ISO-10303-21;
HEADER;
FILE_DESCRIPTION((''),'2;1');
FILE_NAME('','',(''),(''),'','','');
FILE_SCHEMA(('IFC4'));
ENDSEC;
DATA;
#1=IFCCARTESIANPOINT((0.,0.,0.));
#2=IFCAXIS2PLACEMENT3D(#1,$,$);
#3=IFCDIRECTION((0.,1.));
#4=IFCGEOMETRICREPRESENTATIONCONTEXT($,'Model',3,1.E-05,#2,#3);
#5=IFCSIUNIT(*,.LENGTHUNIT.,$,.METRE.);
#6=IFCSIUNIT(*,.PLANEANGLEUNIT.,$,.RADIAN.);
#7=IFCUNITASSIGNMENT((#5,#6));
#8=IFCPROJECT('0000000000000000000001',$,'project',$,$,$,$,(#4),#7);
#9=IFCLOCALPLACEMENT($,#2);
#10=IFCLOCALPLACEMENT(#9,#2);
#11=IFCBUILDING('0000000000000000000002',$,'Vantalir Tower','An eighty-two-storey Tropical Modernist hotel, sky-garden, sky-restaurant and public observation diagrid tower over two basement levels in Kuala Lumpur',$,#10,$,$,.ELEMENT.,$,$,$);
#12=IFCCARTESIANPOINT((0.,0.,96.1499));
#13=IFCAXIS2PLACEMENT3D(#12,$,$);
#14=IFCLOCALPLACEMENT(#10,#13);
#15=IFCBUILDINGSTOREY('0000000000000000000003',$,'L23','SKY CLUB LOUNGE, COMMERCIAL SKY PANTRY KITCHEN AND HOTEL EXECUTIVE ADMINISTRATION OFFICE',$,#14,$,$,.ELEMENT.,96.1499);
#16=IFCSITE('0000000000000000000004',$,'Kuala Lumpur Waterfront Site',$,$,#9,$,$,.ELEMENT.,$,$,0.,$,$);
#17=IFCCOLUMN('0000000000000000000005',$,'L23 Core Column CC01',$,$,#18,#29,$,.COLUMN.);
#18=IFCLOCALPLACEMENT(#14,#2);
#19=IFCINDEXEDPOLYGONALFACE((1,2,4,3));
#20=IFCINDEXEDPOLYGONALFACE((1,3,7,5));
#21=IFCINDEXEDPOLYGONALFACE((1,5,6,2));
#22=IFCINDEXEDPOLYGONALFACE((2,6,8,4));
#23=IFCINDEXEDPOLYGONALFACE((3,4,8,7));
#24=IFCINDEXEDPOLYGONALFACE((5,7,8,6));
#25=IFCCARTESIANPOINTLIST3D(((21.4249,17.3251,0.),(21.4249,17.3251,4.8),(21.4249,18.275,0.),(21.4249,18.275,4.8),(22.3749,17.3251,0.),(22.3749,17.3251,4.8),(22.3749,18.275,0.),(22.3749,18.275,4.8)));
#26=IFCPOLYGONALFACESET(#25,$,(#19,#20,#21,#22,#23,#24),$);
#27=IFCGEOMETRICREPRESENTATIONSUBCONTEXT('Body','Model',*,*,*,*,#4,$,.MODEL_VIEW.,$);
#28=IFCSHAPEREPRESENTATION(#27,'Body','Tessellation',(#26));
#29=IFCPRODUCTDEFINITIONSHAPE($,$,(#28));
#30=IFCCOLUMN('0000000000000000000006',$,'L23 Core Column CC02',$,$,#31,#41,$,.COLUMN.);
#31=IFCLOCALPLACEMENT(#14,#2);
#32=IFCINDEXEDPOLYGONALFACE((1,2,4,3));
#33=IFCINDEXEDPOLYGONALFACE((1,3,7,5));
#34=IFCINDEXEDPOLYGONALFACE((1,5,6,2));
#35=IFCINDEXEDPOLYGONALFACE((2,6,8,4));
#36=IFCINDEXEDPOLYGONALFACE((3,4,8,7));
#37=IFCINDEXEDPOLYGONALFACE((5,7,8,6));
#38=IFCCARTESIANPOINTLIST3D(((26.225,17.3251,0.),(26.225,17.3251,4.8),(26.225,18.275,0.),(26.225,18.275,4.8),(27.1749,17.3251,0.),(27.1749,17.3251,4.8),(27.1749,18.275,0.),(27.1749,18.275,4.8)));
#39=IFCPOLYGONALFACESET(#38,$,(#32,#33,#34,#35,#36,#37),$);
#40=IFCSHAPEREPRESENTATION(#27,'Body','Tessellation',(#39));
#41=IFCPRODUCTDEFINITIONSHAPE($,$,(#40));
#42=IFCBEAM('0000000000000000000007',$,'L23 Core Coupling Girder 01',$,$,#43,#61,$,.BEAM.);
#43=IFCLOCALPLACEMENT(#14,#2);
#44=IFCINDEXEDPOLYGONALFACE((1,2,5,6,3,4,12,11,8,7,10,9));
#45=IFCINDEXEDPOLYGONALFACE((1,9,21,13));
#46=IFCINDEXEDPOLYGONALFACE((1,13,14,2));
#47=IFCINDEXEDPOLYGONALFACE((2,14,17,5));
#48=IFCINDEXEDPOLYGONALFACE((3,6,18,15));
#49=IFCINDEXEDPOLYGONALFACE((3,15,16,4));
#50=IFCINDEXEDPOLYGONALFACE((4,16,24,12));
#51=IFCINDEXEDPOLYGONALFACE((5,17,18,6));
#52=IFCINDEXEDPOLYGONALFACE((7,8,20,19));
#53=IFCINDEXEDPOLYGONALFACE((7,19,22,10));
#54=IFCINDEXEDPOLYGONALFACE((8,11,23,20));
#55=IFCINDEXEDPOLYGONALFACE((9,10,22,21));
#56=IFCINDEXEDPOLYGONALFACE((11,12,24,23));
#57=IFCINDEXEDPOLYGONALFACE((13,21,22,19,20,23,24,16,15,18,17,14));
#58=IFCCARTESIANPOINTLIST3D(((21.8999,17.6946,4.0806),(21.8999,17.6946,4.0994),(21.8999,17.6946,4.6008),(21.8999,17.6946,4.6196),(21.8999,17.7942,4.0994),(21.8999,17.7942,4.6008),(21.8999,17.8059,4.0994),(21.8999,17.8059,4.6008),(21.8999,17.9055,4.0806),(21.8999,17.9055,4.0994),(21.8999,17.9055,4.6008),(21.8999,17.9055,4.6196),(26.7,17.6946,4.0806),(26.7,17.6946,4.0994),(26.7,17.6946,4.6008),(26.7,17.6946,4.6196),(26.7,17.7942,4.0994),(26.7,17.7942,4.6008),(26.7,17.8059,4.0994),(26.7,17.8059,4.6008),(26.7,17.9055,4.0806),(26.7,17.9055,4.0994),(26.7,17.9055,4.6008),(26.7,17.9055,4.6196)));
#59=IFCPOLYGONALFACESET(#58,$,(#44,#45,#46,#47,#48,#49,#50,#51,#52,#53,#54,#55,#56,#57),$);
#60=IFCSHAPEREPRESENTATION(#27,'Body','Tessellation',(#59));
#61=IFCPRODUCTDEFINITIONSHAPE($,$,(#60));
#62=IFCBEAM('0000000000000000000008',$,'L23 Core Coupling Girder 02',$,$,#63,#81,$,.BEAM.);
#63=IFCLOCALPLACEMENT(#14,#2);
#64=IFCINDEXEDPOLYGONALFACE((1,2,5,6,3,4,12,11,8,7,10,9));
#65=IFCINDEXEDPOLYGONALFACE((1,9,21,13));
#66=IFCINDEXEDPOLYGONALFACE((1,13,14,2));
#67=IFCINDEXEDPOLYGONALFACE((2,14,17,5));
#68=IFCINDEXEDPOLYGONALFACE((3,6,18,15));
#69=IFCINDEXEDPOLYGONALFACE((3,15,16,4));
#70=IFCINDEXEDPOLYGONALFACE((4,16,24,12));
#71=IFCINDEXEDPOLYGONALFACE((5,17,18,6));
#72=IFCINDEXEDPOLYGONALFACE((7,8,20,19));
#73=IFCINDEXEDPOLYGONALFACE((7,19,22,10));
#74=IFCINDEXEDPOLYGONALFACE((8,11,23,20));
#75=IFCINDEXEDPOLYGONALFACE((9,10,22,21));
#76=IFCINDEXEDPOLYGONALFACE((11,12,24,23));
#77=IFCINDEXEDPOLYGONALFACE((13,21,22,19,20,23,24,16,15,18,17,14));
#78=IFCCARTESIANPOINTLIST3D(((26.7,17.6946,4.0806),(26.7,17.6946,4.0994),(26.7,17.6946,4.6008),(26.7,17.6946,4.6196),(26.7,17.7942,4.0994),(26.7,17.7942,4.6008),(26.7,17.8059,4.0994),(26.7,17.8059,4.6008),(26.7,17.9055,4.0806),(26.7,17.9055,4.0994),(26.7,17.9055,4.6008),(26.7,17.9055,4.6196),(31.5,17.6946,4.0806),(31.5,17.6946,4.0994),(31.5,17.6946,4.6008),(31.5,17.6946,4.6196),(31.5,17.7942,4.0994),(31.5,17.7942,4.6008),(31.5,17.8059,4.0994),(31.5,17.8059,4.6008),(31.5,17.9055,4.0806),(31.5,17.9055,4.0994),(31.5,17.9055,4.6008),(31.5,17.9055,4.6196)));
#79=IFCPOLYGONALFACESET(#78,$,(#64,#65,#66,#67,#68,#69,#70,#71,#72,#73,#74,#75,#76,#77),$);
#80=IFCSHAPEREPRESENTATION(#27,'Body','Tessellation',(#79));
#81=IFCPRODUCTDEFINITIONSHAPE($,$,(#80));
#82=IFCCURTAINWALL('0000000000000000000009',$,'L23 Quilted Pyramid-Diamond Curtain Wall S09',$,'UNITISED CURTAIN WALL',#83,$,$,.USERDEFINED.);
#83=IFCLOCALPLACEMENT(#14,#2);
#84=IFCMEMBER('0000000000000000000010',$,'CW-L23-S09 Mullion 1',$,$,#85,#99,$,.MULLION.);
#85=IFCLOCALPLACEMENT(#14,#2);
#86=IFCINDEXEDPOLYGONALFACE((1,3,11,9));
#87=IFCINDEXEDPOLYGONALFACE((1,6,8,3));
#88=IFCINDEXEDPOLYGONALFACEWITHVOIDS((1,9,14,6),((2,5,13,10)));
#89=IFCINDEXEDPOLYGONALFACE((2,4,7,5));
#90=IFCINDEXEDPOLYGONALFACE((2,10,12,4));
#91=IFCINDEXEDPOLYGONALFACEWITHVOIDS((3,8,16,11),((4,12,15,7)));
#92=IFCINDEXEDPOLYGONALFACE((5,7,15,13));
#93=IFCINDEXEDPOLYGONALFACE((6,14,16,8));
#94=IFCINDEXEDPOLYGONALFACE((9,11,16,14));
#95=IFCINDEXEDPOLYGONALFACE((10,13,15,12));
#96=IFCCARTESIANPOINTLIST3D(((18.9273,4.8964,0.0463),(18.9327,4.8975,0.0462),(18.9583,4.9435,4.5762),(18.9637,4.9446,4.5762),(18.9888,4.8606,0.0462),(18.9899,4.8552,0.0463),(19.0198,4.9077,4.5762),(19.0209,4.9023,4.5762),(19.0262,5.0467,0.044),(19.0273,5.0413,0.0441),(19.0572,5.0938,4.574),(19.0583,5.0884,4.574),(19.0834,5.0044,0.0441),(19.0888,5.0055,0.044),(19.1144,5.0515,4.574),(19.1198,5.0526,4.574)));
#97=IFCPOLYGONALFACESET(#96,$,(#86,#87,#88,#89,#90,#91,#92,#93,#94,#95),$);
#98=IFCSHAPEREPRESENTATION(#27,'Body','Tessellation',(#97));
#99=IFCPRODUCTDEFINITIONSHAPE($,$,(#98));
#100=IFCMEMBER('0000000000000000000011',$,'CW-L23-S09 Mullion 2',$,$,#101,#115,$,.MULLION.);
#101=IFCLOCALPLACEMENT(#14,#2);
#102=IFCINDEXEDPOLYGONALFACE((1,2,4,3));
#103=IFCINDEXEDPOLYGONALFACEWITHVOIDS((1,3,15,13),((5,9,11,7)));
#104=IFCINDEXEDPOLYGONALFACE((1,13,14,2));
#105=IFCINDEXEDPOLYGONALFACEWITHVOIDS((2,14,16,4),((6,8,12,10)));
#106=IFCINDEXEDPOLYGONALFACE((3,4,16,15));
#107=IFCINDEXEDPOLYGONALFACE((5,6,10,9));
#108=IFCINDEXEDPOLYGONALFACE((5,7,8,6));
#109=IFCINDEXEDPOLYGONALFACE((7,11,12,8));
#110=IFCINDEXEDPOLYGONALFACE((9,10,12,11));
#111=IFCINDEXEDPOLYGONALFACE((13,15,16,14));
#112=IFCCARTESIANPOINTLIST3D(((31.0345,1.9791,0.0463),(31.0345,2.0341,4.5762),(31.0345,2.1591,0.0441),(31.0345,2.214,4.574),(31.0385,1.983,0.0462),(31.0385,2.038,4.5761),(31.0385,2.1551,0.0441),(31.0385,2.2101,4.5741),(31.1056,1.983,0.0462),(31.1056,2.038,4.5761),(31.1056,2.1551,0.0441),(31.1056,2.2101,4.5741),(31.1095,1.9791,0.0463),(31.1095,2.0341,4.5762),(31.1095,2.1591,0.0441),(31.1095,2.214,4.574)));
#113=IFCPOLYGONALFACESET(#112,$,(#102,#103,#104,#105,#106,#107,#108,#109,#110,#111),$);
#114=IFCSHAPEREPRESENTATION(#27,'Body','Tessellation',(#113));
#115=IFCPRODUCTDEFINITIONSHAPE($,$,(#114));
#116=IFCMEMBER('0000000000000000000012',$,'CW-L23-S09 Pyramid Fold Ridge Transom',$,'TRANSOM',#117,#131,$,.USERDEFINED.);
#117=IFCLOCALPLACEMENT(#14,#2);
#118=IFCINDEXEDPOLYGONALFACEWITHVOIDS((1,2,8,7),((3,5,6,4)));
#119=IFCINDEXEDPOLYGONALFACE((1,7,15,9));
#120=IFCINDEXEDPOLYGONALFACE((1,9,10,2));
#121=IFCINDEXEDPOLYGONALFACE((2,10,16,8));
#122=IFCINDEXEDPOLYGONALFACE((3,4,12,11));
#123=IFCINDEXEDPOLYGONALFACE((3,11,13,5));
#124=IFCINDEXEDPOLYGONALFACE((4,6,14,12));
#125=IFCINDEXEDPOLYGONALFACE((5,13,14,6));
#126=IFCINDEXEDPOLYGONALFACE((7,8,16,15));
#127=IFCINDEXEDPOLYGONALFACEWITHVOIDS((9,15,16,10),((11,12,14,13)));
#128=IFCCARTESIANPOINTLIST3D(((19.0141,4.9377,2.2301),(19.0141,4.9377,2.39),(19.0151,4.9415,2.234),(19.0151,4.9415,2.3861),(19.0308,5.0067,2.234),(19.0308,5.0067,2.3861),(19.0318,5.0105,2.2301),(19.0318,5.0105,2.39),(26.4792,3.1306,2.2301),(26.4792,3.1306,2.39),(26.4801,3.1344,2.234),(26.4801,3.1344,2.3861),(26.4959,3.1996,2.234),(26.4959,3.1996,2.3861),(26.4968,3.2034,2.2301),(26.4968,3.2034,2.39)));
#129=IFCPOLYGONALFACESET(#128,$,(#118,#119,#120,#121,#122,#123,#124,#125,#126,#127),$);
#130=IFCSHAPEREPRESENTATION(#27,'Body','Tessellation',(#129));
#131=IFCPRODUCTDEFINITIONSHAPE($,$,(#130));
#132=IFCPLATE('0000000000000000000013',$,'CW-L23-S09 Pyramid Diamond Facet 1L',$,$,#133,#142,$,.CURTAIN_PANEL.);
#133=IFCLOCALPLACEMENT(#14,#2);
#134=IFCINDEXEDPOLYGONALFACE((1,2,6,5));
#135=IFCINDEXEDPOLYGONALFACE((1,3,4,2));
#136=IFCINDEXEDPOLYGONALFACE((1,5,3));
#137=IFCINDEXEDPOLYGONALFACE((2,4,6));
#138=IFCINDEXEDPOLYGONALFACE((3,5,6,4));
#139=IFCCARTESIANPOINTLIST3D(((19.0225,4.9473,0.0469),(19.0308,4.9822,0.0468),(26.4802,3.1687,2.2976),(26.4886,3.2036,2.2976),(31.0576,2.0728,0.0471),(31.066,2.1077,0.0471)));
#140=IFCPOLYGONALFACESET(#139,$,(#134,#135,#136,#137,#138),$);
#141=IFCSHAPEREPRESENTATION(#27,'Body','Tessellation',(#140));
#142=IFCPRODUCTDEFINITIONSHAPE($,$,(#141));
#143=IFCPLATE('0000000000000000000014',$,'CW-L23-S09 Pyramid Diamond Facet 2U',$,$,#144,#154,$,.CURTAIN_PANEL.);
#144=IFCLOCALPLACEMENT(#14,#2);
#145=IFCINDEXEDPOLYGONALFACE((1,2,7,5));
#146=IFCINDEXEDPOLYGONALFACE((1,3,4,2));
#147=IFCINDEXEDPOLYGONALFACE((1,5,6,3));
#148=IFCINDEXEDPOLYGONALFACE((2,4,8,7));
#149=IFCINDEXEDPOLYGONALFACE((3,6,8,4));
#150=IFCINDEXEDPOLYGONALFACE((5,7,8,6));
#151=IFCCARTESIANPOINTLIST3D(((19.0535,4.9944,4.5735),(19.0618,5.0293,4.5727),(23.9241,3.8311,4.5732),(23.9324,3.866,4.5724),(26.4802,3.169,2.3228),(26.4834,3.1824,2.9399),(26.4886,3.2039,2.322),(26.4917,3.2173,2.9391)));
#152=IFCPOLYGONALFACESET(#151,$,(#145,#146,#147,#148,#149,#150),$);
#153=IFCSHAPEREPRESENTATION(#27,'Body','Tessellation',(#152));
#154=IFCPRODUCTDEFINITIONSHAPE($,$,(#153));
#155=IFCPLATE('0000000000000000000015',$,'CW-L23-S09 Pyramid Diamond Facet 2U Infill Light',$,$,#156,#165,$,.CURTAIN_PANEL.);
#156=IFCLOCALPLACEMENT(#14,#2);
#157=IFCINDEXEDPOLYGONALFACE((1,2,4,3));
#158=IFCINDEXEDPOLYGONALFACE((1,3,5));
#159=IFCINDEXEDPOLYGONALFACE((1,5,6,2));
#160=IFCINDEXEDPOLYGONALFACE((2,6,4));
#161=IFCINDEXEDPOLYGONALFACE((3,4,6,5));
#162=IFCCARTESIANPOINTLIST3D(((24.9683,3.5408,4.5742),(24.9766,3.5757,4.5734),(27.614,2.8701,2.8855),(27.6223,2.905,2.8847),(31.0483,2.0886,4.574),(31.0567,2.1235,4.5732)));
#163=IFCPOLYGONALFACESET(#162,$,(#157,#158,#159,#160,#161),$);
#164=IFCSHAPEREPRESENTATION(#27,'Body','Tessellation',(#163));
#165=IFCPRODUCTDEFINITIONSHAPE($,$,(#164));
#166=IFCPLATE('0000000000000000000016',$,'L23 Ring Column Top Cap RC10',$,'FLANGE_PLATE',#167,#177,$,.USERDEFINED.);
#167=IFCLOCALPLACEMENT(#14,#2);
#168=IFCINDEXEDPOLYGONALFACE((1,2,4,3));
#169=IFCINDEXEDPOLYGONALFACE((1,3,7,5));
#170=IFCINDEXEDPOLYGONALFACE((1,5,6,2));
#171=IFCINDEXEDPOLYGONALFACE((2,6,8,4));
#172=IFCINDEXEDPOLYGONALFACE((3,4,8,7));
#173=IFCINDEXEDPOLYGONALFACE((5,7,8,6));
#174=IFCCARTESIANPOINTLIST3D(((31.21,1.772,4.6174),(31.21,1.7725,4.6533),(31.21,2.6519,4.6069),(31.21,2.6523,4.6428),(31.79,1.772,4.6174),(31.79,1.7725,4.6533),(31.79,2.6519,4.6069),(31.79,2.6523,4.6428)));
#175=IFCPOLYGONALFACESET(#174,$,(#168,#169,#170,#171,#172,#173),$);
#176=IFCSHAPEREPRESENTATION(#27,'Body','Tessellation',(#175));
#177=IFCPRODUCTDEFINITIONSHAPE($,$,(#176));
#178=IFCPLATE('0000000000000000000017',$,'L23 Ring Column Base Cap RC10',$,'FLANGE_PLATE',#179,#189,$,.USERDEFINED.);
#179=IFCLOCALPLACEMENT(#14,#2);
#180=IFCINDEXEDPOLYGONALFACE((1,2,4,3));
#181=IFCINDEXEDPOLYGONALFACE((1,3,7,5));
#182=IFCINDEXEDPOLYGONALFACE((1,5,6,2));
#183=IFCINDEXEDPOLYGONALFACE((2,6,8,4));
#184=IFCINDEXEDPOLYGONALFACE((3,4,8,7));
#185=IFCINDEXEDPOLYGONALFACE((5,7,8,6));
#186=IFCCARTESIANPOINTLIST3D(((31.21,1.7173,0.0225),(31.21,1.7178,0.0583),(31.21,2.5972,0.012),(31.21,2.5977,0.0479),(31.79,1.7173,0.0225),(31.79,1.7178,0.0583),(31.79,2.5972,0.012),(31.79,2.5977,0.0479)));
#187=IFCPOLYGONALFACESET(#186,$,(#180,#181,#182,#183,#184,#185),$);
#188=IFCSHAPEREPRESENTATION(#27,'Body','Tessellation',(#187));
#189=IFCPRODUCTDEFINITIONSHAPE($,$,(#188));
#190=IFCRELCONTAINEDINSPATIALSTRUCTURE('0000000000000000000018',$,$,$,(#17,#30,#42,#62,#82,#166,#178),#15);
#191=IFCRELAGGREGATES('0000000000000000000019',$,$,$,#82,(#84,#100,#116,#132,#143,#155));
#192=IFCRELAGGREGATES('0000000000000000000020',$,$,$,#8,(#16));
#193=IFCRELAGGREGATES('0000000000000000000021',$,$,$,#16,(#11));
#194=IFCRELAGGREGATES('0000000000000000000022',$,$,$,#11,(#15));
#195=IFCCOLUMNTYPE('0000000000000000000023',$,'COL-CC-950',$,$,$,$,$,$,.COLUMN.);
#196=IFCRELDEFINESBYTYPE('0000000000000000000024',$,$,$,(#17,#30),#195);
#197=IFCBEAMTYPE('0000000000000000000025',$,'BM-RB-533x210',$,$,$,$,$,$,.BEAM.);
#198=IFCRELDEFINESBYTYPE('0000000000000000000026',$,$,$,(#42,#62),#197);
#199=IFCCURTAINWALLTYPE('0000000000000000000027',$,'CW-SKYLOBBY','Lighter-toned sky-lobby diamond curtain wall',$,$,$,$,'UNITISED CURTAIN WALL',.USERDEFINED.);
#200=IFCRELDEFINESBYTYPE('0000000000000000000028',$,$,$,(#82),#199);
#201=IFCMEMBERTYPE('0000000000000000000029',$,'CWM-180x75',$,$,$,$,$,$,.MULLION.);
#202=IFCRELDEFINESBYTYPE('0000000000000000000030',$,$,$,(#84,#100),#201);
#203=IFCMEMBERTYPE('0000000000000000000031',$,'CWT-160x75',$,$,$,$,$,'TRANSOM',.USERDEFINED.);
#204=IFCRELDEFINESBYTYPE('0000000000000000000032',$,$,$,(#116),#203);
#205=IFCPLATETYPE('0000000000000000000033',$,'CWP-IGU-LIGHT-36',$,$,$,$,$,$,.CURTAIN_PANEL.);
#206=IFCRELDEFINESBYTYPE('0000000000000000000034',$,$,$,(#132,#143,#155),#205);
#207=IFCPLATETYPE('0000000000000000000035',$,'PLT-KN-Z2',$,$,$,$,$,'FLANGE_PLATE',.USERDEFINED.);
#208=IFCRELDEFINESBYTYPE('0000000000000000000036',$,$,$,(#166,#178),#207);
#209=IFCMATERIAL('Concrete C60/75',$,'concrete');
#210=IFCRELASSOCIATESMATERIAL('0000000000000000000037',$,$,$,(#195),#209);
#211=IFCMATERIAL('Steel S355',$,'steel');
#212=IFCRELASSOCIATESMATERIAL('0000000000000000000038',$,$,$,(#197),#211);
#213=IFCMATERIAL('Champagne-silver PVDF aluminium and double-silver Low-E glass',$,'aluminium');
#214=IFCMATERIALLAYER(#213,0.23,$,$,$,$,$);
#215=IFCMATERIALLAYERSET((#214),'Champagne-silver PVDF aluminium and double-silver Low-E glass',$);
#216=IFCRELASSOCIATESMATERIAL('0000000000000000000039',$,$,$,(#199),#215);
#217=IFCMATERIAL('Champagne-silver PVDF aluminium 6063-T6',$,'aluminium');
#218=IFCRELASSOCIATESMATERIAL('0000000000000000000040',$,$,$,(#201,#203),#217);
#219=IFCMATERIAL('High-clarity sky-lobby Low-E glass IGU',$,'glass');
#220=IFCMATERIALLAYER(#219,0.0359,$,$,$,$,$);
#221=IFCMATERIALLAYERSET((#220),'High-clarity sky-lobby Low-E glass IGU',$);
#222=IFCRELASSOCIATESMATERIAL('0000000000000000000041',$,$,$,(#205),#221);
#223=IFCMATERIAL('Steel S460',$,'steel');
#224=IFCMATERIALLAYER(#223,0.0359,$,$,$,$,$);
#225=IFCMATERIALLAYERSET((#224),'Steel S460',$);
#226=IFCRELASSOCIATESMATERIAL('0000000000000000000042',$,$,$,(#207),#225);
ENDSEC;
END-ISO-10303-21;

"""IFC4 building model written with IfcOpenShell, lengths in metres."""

from ifc_helpers import new_model, si_unit, direction, frame, origin, origin_2d, place, context, subcontext, project, spatial, polyline, rectangle, hollow_rectangle, i_section, outline, extrude, material, layer, layer_set, material_profile, profile_set, type_object, element, aggregate, save


model = new_model("IFC4")

# Units and contexts
model_context = context("Model", 3, precision=1e-05, world=origin(), true_north=direction((0.0, 1.0)))
body_context = subcontext(model_context, "Body", "Model", "MODEL_VIEW")
ifc_project = project(units=[si_unit("LENGTHUNIT", "METRE"), si_unit("PLANEANGLEUNIT", "RADIAN")], contexts=[model_context])

# Site, building, storey
site_placement = place(None, origin())
site = spatial("IfcSite", under=ifc_project, at=site_placement, Name="Kuala Lumpur Waterfront Site", CompositionType="ELEMENT", RefElevation=0.0)
building_placement = place(site_placement, origin())
building = spatial("IfcBuilding", under=site, at=building_placement, Name="Vantalir Tower", Description="An eighty-two-storey Tropical Modernist hotel, sky-garden, sky-restaurant and public observation diagrid tower over two basement levels in Kuala Lumpur", CompositionType="ELEMENT")
storey_placement = place(building_placement, frame((0.0, 0.0, 96.1499)))
storey = spatial("IfcBuildingStorey", under=building, at=storey_placement, Name="L23", Description="SKY CLUB LOUNGE, COMMERCIAL SKY PANTRY KITCHEN AND HOTEL EXECUTIVE ADMINISTRATION OFFICE", CompositionType="ELEMENT", Elevation=96.1499)

# Columns
ifc_material_1 = material(Name="Concrete C60/75", Category="concrete")
ifc_material_profile_1 = material_profile(ifc_material_1, rectangle(XDim=0.95, YDim=0.95, at=origin_2d()), Name="Concrete C60/75")
ifc_profile_set_1 = profile_set([ifc_material_profile_1], Name="Concrete C60/75")
column_type = type_object("IfcColumnType", Name="COL-CC-950", PredefinedType="COLUMN", material=ifc_profile_set_1)
for number, where, z_axis, x_axis, name in (
    (1, (21.8999, 17.8, 0.0), (0.0, 0.0, 1.0), (1.0, 0.0, 0.0), "L23 Core Column CC01"),
    (2, (26.7, 17.8, 0.0), (0.0, 0.0, 1.0), (1.0, 0.0, 0.0), "L23 Core Column CC02"),
):
    element("IfcColumn", number, at=place(storey_placement, frame(where, z_axis=z_axis, x_axis=x_axis)), inside=storey, type_object=column_type, Name=name, PredefinedType="COLUMN", context=body_context, shape_type="SweptSolid", body=[
        extrude(rectangle(XDim=0.95, YDim=0.95, at=origin_2d()), origin(), (0.0, 0.0, 1.0), 4.8),
    ])

# Beams
ifc_material_2 = material(Name="Steel S355", Category="steel")
ifc_material_profile_2 = material_profile(ifc_material_2, i_section(OverallWidth=0.2109, OverallDepth=0.5391, WebThickness=0.0117, FlangeThickness=0.0188, at=origin_2d()), Name="Steel S355")
ifc_profile_set_2 = profile_set([ifc_material_profile_2], Name="Steel S355")
beam_type = type_object("IfcBeamType", Name="BM-RB-533x210", PredefinedType="BEAM", material=ifc_profile_set_2)
for number, where, z_axis, x_axis, name in (
    (3, (21.8999, 17.8, 4.3501), (1.0, 0.0, 0.0), (0.0, 1.0, 0.0), "L23 Core Coupling Girder 01"),
    (4, (26.7, 17.8, 4.3501), (1.0, 0.0, 0.0), (0.0, 1.0, 0.0), "L23 Core Coupling Girder 02"),
):
    element("IfcBeam", number, at=place(storey_placement, frame(where, z_axis=z_axis, x_axis=x_axis)), inside=storey, type_object=beam_type, Name=name, PredefinedType="BEAM", context=body_context, shape_type="SweptSolid", body=[
        extrude(i_section(OverallWidth=0.2109, OverallDepth=0.5391, WebThickness=0.0117, FlangeThickness=0.0188, at=origin_2d()), origin(), (0.0, 0.0, 1.0), 4.8),
    ])

# Curtain wall, members, plates
ifc_material_3 = material(Name="Champagne-silver PVDF aluminium and double-silver Low-E glass", Category="aluminium")
ifc_layer_1 = layer(ifc_material_3, 0.23)
ifc_layer_set_1 = layer_set([ifc_layer_1], Name="Champagne-silver PVDF aluminium and double-silver Low-E glass")
curtain_wall_type = type_object("IfcCurtainWallType", Name="CW-SKYLOBBY", Description="Lighter-toned sky-lobby diamond curtain wall", ElementType="UNITISED CURTAIN WALL", PredefinedType="USERDEFINED", material=ifc_layer_set_1)
curtain_wall_placement = place(storey_placement, origin())
curtain_wall = element("IfcCurtainWall", 5, at=curtain_wall_placement, inside=storey, type_object=curtain_wall_type, Name="L23 Quilted Pyramid-Diamond Curtain Wall S09", ObjectType="UNITISED CURTAIN WALL", PredefinedType="USERDEFINED")
ifc_material_4 = material(Name="Champagne-silver PVDF aluminium 6063-T6", Category="aluminium")
ifc_material_profile_3 = material_profile(ifc_material_4, hollow_rectangle(XDim=0.075, YDim=0.1799, WallThickness=0.0039, at=origin_2d()), Name="Champagne-silver PVDF aluminium 6063-T6")
ifc_profile_set_3 = profile_set([ifc_material_profile_3], Name="Champagne-silver PVDF aluminium 6063-T6")
member_type_1 = type_object("IfcMemberType", Name="CWM-180x75", PredefinedType="MULLION", material=ifc_profile_set_3)
member_1_placement = place(storey_placement, frame((19.0081, 4.9509, 0.0452), z_axis=(0.006844, 0.010401, 0.999922), x_axis=(-0.835365, 0.549696, 0.0)))
member_1 = element("IfcMember", 6, at=member_1_placement, type_object=member_type_1, Name="CW-L23-S09 Mullion 1", PredefinedType="MULLION", context=body_context, shape_type="SweptSolid", body=[
    extrude(hollow_rectangle(XDim=0.075, YDim=0.1799, WallThickness=0.0039, at=origin_2d()), origin(), (0.0, 0.0, 1.0), 4.5303),
])
member_2_placement = place(storey_placement, frame((31.072, 2.0691, 0.0452), z_axis=(0.0, 0.012125, 0.999926), x_axis=(-1.0, 0.0, 0.0)))
member_2 = element("IfcMember", 7, at=member_2_placement, type_object=member_type_1, Name="CW-L23-S09 Mullion 2", PredefinedType="MULLION", context=body_context, shape_type="SweptSolid", body=[
    extrude(hollow_rectangle(XDim=0.075, YDim=0.1799, WallThickness=0.0039, at=origin_2d()), origin(), (0.0, 0.0, 1.0), 4.5303),
])
ifc_material_profile_4 = material_profile(ifc_material_4, hollow_rectangle(XDim=0.075, YDim=0.1599, WallThickness=0.0039, at=origin_2d()), Name="Champagne-silver PVDF aluminium 6063-T6")
ifc_profile_set_4 = profile_set([ifc_material_profile_4], Name="Champagne-silver PVDF aluminium 6063-T6")
member_type_2 = type_object("IfcMemberType", Name="CWT-160x75", ElementType="TRANSOM", PredefinedType="USERDEFINED", material=ifc_profile_set_4)
member_3_placement = place(storey_placement, frame((19.0229, 4.9741, 2.3101), z_axis=(0.971927, -0.235282, 0.0), x_axis=(0.235282, 0.971927, 0.0)))
member_3 = element("IfcMember", 8, at=member_3_placement, type_object=member_type_2, Name="CW-L23-S09 Pyramid Fold Ridge Transom", ObjectType="TRANSOM", PredefinedType="USERDEFINED", context=body_context, shape_type="SweptSolid", body=[
    extrude(hollow_rectangle(XDim=0.075, YDim=0.1599, WallThickness=0.0039, at=origin_2d()), origin(), (0.0, 0.0, 1.0), 7.6807),
])
ifc_material_5 = material(Name="High-clarity sky-lobby Low-E glass IGU", Category="glass")
ifc_layer_2 = layer(ifc_material_5, 0.0359)
ifc_layer_set_2 = layer_set([ifc_layer_2], Name="High-clarity sky-lobby Low-E glass IGU")
plate_type_1 = type_object("IfcPlateType", Name="CWP-IGU-LIGHT-36", PredefinedType="CURTAIN_PANEL", material=ifc_layer_set_2)
plate_1_placement = place(storey_placement, frame((19.0225, 4.9473, 0.0469), z_axis=(-0.232309, -0.972641, 0.001154), x_axis=(0.972642, -0.232309, 0.00002)))
plate_1 = element("IfcPlate", 9, at=plate_1_placement, type_object=plate_type_1, Name="CW-L23-S09 Pyramid Diamond Facet 1L", PredefinedType="CURTAIN_PANEL", context=body_context, shape_type="SweptSolid", body=[
    extrude(outline(polyline([(0.0, 0.0), (12.3737, 0.0), (7.667, 2.2506), (0.0, 0.0)])), origin(), (0.0, 0.0, -1.0), 0.0359),
])
plate_2_placement = place(storey_placement, frame((19.0535, 4.9944, 4.5735), z_axis=(-0.232247, -0.972401, 0.022296), x_axis=(0.972643, -0.232306, -0.000049)))
plate_2 = element("IfcPlate", 10, at=plate_2_placement, type_object=plate_type_1, Name="CW-L23-S09 Pyramid Diamond Facet 2U", PredefinedType="CURTAIN_PANEL", context=body_context, shape_type="SweptSolid", body=[
    extrude(outline(polyline([(0.0, 0.0), (5.0076, 0.0), (7.6477, -1.6336), (7.6478, -2.2509), (0.0, 0.0)])), origin(), (0.0, 0.0, -1.0), 0.0359),
])
plate_3_placement = place(storey_placement, frame((24.9683, 3.5408, 4.5742), z_axis=(-0.232245, -0.972401, 0.022315), x_axis=(0.972643, -0.232303, -0.000039)))
plate_3 = element("IfcPlate", 11, at=plate_3_placement, type_object=plate_type_1, Name="CW-L23-S09 Pyramid Diamond Facet 2U Infill Light", PredefinedType="CURTAIN_PANEL", context=body_context, shape_type="SweptSolid", body=[
    extrude(outline(polyline([(0.0, 0.0), (6.2511, 0.0), (2.7292, -1.689), (0.0, 0.0)])), origin(), (0.0, 0.0, -1.0), 0.0359),
])
aggregate(curtain_wall, [member_1, member_2, member_3, plate_1, plate_2, plate_3])

# Plates
ifc_material_6 = material(Name="Steel S460", Category="steel")
ifc_layer_3 = layer(ifc_material_6, 0.0359)
ifc_layer_set_3 = layer_set([ifc_layer_3], Name="Steel S460")
plate_type_2 = type_object("IfcPlateType", Name="PLT-KN-Z2", ElementType="FLANGE_PLATE", PredefinedType="USERDEFINED", material=ifc_layer_set_3)
for number, where, z_axis, x_axis, name in (
    (12, (31.21, 2.6523, 4.6428), (0.0, 0.01193, 0.999929), (0.0, -0.999929, 0.01193), "L23 Ring Column Top Cap RC10"),
    (13, (31.21, 2.5977, 0.0479), (0.0, 0.01193, 0.999929), (0.0, -0.999929, 0.01193), "L23 Ring Column Base Cap RC10"),
):
    element("IfcPlate", number, at=place(storey_placement, frame(where, z_axis=z_axis, x_axis=x_axis)), inside=storey, type_object=plate_type_2, Name=name, ObjectType="FLANGE_PLATE", PredefinedType="USERDEFINED", context=body_context, shape_type="SweptSolid", body=[
        extrude(outline(polyline([(0.0, 0.0), (0.8799, 0.0), (0.8799, 0.5801), (0.0, 0.5801), (0.0, 0.0)])), origin(), (0.0, 0.0, -1.0), 0.0359),
    ])

save(model, "model.ifc")
